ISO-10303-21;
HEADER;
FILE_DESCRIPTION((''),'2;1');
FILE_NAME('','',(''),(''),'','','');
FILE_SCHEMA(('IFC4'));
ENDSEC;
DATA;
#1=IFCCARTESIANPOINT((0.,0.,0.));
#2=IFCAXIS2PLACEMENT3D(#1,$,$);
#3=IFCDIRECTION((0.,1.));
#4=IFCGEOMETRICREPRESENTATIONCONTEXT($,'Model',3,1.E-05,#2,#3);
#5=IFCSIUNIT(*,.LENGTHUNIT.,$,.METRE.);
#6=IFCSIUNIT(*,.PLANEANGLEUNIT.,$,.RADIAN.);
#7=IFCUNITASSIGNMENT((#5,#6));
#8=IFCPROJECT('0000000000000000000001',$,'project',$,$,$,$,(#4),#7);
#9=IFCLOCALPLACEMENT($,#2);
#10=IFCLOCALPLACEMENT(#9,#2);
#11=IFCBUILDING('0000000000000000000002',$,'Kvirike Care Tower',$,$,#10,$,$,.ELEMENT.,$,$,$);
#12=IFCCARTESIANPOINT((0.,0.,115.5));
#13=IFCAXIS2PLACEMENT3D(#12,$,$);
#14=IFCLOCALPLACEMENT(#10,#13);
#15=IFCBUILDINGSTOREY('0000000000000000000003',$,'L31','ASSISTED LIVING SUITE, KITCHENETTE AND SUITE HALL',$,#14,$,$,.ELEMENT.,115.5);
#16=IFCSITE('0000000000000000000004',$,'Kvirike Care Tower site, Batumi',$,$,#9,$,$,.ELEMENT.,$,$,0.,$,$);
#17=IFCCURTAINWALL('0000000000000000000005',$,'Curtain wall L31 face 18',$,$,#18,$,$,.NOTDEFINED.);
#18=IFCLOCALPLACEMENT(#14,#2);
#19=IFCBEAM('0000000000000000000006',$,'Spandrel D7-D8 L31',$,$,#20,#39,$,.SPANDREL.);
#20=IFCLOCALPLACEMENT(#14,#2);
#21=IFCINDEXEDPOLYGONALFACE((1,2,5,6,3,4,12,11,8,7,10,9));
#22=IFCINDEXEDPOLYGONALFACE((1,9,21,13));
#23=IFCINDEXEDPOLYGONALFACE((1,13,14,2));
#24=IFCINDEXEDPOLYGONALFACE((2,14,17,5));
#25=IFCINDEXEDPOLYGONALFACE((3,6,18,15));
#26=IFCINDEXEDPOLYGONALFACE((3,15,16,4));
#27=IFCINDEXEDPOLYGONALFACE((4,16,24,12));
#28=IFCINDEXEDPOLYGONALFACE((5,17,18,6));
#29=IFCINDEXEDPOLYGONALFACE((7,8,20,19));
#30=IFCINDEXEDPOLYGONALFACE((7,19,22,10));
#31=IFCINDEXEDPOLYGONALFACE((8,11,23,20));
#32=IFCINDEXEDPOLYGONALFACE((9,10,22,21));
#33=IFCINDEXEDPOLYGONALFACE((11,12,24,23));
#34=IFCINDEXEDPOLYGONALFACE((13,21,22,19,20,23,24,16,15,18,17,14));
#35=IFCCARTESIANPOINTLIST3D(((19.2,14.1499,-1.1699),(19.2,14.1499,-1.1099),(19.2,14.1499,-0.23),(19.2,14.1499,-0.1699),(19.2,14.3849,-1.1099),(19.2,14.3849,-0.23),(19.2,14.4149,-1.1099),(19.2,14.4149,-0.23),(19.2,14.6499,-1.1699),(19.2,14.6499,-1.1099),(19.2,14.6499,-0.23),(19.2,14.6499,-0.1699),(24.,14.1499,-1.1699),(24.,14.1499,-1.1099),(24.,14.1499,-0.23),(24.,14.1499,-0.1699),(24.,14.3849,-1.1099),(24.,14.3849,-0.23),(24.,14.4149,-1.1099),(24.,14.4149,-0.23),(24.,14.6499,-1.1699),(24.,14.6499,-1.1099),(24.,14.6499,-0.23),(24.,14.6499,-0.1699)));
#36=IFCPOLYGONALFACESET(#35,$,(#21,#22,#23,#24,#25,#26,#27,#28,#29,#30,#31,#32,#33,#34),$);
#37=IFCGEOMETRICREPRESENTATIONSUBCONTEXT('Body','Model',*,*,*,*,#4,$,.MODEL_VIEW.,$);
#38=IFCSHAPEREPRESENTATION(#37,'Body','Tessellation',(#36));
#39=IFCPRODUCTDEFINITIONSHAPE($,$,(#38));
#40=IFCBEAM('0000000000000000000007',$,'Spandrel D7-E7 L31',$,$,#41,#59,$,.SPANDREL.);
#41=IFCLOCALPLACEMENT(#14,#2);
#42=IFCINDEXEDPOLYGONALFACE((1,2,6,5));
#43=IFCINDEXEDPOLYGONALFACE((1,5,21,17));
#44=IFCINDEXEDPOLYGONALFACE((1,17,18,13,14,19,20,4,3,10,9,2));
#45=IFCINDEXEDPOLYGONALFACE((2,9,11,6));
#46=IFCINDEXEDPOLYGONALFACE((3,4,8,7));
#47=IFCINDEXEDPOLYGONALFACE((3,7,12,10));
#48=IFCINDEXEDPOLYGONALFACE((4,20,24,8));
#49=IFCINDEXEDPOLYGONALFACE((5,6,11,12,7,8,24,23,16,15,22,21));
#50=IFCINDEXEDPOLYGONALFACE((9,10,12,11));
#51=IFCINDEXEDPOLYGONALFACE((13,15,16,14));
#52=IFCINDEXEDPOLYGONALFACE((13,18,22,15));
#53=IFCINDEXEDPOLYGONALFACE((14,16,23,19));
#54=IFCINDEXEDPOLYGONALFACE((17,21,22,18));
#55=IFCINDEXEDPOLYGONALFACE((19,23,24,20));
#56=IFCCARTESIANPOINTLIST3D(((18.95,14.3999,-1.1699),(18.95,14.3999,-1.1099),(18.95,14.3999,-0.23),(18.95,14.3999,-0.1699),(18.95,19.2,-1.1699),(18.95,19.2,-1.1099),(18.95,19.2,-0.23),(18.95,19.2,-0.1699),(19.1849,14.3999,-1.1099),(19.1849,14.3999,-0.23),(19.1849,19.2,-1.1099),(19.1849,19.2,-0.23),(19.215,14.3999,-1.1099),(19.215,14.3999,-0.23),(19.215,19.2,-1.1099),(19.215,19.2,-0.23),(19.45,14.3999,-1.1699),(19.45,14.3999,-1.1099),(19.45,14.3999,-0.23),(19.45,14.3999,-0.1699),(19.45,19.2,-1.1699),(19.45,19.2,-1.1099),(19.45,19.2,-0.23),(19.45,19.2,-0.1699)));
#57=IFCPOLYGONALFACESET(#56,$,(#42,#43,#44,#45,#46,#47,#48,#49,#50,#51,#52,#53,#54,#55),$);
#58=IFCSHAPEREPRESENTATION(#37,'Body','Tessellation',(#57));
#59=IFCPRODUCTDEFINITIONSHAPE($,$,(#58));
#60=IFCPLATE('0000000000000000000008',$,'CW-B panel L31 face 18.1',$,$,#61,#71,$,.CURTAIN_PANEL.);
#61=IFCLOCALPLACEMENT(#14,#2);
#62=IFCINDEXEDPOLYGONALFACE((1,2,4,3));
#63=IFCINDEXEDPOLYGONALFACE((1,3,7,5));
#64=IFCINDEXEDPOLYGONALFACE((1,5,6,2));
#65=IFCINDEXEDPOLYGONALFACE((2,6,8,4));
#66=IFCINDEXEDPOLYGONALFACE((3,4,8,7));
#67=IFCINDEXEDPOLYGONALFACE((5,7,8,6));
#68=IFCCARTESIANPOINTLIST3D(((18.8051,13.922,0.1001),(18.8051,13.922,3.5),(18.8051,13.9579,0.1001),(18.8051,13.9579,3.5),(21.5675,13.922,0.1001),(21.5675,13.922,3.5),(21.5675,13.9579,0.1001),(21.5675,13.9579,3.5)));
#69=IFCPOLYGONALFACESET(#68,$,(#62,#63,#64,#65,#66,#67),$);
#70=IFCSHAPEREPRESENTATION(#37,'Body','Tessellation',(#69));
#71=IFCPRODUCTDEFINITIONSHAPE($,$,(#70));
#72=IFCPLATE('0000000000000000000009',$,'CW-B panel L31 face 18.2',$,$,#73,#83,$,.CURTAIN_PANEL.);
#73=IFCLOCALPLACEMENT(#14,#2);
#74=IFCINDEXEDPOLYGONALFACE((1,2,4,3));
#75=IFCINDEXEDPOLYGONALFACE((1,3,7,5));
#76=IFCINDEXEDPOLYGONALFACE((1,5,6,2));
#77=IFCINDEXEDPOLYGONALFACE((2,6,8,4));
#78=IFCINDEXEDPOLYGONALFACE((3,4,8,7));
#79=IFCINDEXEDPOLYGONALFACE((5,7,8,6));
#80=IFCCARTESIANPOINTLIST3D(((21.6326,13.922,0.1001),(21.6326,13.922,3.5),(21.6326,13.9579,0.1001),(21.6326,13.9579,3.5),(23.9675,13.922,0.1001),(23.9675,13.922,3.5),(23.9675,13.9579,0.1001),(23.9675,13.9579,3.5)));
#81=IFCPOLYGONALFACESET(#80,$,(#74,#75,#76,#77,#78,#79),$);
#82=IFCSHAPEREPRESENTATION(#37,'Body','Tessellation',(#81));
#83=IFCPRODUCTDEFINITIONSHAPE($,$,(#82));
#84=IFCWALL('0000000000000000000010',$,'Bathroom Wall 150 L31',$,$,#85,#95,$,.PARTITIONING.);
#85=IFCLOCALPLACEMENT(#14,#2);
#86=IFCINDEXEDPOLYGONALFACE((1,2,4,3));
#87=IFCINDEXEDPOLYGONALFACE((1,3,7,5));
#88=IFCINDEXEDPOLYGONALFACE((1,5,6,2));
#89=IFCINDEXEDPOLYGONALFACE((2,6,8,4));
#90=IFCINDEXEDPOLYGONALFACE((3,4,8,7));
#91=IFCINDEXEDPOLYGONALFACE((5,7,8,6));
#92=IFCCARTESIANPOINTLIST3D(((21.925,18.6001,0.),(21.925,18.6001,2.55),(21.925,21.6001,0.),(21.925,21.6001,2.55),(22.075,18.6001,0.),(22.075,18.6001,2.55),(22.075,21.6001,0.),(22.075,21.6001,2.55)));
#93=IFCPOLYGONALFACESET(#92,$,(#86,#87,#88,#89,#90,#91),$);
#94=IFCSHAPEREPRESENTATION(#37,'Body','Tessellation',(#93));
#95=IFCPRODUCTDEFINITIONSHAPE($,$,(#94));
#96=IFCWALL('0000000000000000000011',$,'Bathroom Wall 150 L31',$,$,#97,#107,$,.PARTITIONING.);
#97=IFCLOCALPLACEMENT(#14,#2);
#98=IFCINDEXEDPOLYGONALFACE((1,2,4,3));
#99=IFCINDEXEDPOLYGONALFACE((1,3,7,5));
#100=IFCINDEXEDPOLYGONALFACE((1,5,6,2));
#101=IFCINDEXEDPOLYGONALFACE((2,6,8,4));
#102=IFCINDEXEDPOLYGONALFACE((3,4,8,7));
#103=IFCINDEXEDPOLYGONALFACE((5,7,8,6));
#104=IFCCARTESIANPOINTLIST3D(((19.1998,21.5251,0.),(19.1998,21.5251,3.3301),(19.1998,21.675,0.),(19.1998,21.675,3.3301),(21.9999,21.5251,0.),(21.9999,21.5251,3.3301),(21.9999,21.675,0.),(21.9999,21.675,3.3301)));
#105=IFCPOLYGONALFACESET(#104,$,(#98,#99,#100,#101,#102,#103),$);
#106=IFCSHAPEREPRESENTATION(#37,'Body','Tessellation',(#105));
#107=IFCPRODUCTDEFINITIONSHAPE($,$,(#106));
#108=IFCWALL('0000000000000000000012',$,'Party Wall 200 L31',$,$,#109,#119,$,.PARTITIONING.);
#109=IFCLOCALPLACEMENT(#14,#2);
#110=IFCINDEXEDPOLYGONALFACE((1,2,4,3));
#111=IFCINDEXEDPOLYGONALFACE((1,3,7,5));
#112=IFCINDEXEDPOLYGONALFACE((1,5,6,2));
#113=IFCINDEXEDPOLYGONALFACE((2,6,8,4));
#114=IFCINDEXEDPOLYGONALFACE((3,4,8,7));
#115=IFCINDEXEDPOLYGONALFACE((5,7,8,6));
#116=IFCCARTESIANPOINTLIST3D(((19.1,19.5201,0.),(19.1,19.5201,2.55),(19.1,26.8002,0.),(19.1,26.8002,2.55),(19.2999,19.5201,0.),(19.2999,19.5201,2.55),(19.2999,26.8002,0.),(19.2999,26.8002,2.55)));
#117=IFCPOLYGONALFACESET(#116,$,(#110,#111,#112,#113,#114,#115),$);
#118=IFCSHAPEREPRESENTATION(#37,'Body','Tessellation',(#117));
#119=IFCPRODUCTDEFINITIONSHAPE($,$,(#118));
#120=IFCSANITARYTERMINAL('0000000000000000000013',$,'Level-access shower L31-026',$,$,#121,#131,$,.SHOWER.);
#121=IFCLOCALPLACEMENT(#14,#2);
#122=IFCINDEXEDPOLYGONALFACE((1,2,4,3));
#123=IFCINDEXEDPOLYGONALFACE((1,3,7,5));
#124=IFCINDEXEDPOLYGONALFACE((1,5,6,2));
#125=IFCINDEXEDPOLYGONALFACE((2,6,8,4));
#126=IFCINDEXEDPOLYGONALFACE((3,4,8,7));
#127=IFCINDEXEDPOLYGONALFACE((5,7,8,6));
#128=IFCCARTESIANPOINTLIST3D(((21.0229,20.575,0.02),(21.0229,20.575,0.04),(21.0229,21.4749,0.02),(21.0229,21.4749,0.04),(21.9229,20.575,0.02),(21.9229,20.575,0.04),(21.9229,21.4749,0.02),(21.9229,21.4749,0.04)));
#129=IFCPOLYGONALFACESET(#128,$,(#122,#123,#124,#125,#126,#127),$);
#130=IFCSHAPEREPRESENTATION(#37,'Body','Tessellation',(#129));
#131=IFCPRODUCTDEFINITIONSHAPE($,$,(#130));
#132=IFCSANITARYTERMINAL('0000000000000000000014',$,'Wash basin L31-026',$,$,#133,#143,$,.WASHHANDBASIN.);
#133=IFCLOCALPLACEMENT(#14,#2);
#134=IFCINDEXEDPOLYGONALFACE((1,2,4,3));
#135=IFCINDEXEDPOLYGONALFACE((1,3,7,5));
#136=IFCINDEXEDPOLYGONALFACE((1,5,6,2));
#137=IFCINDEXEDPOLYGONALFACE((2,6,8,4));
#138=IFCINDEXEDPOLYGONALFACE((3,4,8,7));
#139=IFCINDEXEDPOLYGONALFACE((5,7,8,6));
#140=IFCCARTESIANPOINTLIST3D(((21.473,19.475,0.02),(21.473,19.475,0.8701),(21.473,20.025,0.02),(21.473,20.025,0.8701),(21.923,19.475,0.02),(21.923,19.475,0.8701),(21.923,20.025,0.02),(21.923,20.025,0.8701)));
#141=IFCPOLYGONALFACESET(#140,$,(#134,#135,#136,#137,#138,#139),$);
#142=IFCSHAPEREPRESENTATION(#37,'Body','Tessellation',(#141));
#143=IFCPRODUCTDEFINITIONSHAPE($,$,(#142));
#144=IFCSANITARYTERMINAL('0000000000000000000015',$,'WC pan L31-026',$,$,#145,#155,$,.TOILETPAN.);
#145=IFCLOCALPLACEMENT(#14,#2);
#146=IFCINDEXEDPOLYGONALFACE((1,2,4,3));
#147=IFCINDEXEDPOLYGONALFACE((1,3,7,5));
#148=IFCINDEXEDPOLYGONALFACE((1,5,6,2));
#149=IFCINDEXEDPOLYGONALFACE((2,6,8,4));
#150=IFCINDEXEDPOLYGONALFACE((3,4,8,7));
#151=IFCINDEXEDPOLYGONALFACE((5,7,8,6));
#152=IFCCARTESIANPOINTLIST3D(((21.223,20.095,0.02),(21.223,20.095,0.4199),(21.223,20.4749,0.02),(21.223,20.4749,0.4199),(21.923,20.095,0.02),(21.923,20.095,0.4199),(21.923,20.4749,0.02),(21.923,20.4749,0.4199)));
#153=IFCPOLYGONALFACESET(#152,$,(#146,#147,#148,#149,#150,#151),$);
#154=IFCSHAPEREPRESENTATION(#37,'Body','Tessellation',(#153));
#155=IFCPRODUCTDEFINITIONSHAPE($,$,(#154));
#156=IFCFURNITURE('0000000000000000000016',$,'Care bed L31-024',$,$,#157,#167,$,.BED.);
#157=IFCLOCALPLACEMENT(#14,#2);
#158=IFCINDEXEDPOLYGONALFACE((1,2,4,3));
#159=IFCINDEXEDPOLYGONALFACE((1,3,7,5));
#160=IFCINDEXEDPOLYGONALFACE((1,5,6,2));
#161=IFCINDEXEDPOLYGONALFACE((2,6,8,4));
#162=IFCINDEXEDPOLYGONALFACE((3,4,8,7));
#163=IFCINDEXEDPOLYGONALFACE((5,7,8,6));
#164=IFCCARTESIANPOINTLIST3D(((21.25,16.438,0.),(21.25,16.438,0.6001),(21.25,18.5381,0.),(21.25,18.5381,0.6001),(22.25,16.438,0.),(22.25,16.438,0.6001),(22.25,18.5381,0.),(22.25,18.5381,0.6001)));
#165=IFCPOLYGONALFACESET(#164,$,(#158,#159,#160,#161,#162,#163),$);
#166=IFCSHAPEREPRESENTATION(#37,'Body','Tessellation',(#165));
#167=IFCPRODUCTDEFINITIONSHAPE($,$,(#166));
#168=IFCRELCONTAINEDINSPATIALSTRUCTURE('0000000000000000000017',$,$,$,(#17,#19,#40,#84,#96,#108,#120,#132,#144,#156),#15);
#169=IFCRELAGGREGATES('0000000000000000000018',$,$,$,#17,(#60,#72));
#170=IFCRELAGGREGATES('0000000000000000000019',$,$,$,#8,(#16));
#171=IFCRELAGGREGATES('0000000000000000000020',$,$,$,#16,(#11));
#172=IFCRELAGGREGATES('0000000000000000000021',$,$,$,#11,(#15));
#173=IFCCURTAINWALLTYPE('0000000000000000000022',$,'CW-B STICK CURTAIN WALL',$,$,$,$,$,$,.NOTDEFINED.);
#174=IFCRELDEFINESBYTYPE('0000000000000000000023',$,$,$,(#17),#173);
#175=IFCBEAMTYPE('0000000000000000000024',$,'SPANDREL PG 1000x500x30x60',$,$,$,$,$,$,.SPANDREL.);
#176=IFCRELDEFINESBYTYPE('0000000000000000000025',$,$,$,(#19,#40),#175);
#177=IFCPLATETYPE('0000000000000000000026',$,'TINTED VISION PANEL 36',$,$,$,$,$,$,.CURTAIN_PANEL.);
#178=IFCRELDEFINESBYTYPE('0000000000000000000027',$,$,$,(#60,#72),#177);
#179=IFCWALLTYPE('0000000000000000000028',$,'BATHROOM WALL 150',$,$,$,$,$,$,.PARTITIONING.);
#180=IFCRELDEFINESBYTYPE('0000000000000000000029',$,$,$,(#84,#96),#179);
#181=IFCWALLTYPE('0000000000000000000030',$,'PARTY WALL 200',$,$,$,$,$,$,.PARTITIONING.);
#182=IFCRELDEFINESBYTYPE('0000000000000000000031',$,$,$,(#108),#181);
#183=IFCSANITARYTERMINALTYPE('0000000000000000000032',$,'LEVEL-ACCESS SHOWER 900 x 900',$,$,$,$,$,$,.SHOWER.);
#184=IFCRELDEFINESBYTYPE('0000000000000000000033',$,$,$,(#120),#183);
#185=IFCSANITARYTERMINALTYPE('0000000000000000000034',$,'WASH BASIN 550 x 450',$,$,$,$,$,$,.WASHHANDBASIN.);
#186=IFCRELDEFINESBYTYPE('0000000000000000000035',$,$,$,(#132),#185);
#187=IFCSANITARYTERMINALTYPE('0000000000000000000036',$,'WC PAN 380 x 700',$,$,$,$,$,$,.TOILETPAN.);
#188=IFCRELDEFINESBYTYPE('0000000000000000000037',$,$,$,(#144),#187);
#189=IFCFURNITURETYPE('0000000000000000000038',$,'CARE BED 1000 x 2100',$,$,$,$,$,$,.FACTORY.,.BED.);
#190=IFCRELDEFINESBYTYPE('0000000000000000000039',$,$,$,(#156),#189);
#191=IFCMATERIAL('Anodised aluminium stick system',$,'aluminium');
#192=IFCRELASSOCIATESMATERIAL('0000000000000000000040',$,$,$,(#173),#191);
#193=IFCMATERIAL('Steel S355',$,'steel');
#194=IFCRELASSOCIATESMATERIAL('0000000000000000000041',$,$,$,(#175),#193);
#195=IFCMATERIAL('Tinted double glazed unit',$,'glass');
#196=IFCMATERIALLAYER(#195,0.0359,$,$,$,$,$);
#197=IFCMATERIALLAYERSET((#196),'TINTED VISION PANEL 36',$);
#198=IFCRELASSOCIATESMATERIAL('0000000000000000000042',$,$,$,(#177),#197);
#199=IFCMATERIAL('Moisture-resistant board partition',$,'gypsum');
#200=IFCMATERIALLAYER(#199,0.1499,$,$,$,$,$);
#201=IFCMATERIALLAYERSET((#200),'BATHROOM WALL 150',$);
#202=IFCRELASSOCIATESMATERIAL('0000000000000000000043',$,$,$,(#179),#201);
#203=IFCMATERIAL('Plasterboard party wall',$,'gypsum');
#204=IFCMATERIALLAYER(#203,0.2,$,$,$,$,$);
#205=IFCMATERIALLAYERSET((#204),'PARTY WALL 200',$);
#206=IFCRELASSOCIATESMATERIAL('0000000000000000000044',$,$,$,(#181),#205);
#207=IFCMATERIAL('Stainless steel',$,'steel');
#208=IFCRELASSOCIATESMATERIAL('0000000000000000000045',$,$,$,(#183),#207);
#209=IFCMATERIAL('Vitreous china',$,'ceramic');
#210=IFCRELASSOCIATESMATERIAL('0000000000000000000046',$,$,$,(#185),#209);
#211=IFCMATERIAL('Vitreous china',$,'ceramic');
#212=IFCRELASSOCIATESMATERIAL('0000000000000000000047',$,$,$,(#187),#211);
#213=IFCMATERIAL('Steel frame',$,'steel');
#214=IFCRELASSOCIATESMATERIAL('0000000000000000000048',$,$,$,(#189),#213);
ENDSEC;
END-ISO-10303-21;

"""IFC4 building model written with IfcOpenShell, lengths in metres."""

from ifc_helpers import new_model, si_unit, direction, frame, frame_2d, origin, origin_2d, place, context, subcontext, project, spatial, rectangle, i_section, extrude, material, layer, layer_set, material_profile, profile_set, type_object, element, aggregate, save


model = new_model("IFC4")

# Units and contexts
model_context = context("Model", 3, precision=1e-05, world=origin(), true_north=direction((0.0, 1.0)))
body_context = subcontext(model_context, "Body", "Model", "MODEL_VIEW")
ifc_project = project(units=[si_unit("LENGTHUNIT", "METRE"), si_unit("PLANEANGLEUNIT", "RADIAN")], contexts=[model_context])

# Site, building, storey
site_placement = place(None, origin())
site = spatial("IfcSite", under=ifc_project, at=site_placement, Name="Kvirike Care Tower site, Batumi", CompositionType="ELEMENT", RefElevation=0.0)
building_placement = place(site_placement, origin())
building = spatial("IfcBuilding", under=site, at=building_placement, Name="Kvirike Care Tower", CompositionType="ELEMENT")
storey_placement = place(building_placement, frame((0.0, 0.0, 115.5)))
storey = spatial("IfcBuildingStorey", under=building, at=storey_placement, Name="L31", Description="ASSISTED LIVING SUITE, KITCHENETTE AND SUITE HALL", CompositionType="ELEMENT", Elevation=115.5)

# Curtain wall
ifc_material_1 = material(Name="Anodised aluminium stick system", Category="aluminium")
curtain_wall_type = type_object("IfcCurtainWallType", Name="CW-B STICK CURTAIN WALL", PredefinedType="NOTDEFINED", material=ifc_material_1)
curtain_wall_placement = place(storey_placement, origin())
curtain_wall = element("IfcCurtainWall", 1, at=curtain_wall_placement, inside=storey, type_object=curtain_wall_type, Name="Curtain wall L31 face 18", PredefinedType="NOTDEFINED")

# Beams
ifc_material_2 = material(Name="Steel S355", Category="steel")
ifc_material_profile_1 = material_profile(ifc_material_2, i_section(OverallWidth=0.5, OverallDepth=1.0, WebThickness=0.03, FlangeThickness=0.0601, at=origin_2d()), Name="PG 1000x500x30x60")
ifc_profile_set_1 = profile_set([ifc_material_profile_1], Name="Steel S355")
beam_type_1 = type_object("IfcBeamType", Name="SPANDREL PG 1000x500x30x60", PredefinedType="SPANDREL", material=ifc_profile_set_1)
for number, where, z_axis, x_axis, name in (
    (2, (19.2, 14.3999, -0.6699), (1.0, 0.0, 0.0), (0.0, 1.0, 0.0), "Spandrel D7-D8 L31"),
    (3, (19.2, 14.3999, -0.6699), (0.0, 1.0, 0.0), (-1.0, 0.0, 0.0), "Spandrel D7-E7 L31"),
):
    element("IfcBeam", number, at=place(storey_placement, frame(where, z_axis=z_axis, x_axis=x_axis)), inside=storey, type_object=beam_type_1, Name=name, PredefinedType="SPANDREL", context=body_context, shape_type="SweptSolid", body=[
        extrude(i_section(OverallWidth=0.5, OverallDepth=1.0, WebThickness=0.03, FlangeThickness=0.0601, at=origin_2d()), origin(), (0.0, 0.0, 1.0), 4.8),
    ])

# Plates
ifc_material_3 = material(Name="Tinted double glazed unit", Category="glass")
ifc_layer_1 = layer(ifc_material_3, 0.0359)
ifc_layer_set_1 = layer_set([ifc_layer_1], Name="TINTED VISION PANEL 36")
plate_type = type_object("IfcPlateType", Name="TINTED VISION PANEL 36", PredefinedType="CURTAIN_PANEL", material=ifc_layer_set_1)
plate_1_placement = place(storey_placement, frame((20.1863, 13.9399, 0.1001), z_axis=(0.0, 0.0, 1.0), x_axis=(1.0, 0.0, 0.0)))
plate_1 = element("IfcPlate", 4, at=plate_1_placement, type_object=plate_type, Name="CW-B panel L31 face 18.1", PredefinedType="CURTAIN_PANEL", context=body_context, shape_type="SweptSolid", body=[
    extrude(rectangle(XDim=2.7625, YDim=0.0359, at=origin_2d()), origin(), (0.0, 0.0, 1.0), 3.3999),
])
plate_2_placement = place(storey_placement, frame((22.8, 13.9399, 0.1001), z_axis=(0.0, 0.0, 1.0), x_axis=(1.0, 0.0, 0.0)))
plate_2 = element("IfcPlate", 5, at=plate_2_placement, type_object=plate_type, Name="CW-B panel L31 face 18.2", PredefinedType="CURTAIN_PANEL", context=body_context, shape_type="SweptSolid", body=[
    extrude(rectangle(XDim=2.335, YDim=0.0359, at=origin_2d()), origin(), (0.0, 0.0, 1.0), 3.3999),
])
aggregate(curtain_wall, [plate_1, plate_2])

# Walls
ifc_material_4 = material(Name="Moisture-resistant board partition", Category="gypsum")
ifc_layer_2 = layer(ifc_material_4, 0.1499)
ifc_layer_set_2 = layer_set([ifc_layer_2], Name="BATHROOM WALL 150")
wall_type_1 = type_object("IfcWallType", Name="BATHROOM WALL 150", PredefinedType="PARTITIONING", material=ifc_layer_set_2)
wall_1_placement = place(storey_placement, frame((22.0, 18.6001, 0.0), z_axis=(0.0, 0.0, 1.0), x_axis=(0.0, 1.0, 0.0)))
element("IfcWall", 6, at=wall_1_placement, inside=storey, type_object=wall_type_1, Name="Bathroom Wall 150 L31", PredefinedType="PARTITIONING", context=body_context, shape_type="SweptSolid", body=[
    extrude(rectangle(XDim=3.0, YDim=0.1499, at=frame_2d((1.5, 0.0))), origin(), (0.0, 0.0, 1.0), 2.55),
])
wall_2_placement = place(storey_placement, frame((19.2, 21.6001, 0.0), z_axis=(0.0, 0.0, 1.0), x_axis=(1.0, 0.0, 0.0)))
element("IfcWall", 7, at=wall_2_placement, inside=storey, type_object=wall_type_1, Name="Bathroom Wall 150 L31", PredefinedType="PARTITIONING", context=body_context, shape_type="SweptSolid", body=[
    extrude(rectangle(XDim=2.8, YDim=0.1499, at=frame_2d((1.3999, 0.0))), origin(), (0.0, 0.0, 1.0), 3.3301),
])
ifc_material_5 = material(Name="Plasterboard party wall", Category="gypsum")
ifc_layer_3 = layer(ifc_material_5, 0.2)
ifc_layer_set_3 = layer_set([ifc_layer_3], Name="PARTY WALL 200")
wall_type_2 = type_object("IfcWallType", Name="PARTY WALL 200", PredefinedType="PARTITIONING", material=ifc_layer_set_3)
wall_3_placement = place(storey_placement, frame((19.2, 19.52, 0.0), z_axis=(0.0, 0.0, 1.0), x_axis=(0.0, 1.0, 0.0)))
element("IfcWall", 8, at=wall_3_placement, inside=storey, type_object=wall_type_2, Name="Party Wall 200 L31", PredefinedType="PARTITIONING", context=body_context, shape_type="SweptSolid", body=[
    extrude(rectangle(XDim=7.28, YDim=0.2, at=frame_2d((3.6401, 0.0))), origin(), (0.0, 0.0, 1.0), 2.55),
])

# Sanitary terminals
ifc_material_6 = material(Name="Stainless steel", Category="steel")
sanitary_terminal_type_1 = type_object("IfcSanitaryTerminalType", Name="LEVEL-ACCESS SHOWER 900 x 900", PredefinedType="SHOWER", material=ifc_material_6)
sanitary_terminal_1_placement = place(storey_placement, frame((21.4729, 21.0249, 0.02), z_axis=(0.0, 0.0, 1.0), x_axis=(0.0, -1.0, 0.0)))
element("IfcSanitaryTerminal", 9, at=sanitary_terminal_1_placement, inside=storey, type_object=sanitary_terminal_type_1, Name="Level-access shower L31-026", PredefinedType="SHOWER", context=body_context, shape_type="SweptSolid", body=[
    extrude(rectangle(XDim=0.8999, YDim=0.8999, at=origin_2d()), origin(), (0.0, 0.0, 1.0), 0.02),
])
ifc_material_7 = material(Name="Vitreous china", Category="ceramic")
sanitary_terminal_type_2 = type_object("IfcSanitaryTerminalType", Name="WASH BASIN 550 x 450", PredefinedType="WASHHANDBASIN", material=ifc_material_7)
sanitary_terminal_2_placement = place(storey_placement, frame((21.698, 19.75, 0.02), z_axis=(0.0, 0.0, 1.0), x_axis=(0.0, -1.0, 0.0)))
element("IfcSanitaryTerminal", 10, at=sanitary_terminal_2_placement, inside=storey, type_object=sanitary_terminal_type_2, Name="Wash basin L31-026", PredefinedType="WASHHANDBASIN", context=body_context, shape_type="SweptSolid", body=[
    extrude(rectangle(XDim=0.55, YDim=0.45, at=origin_2d()), origin(), (0.0, 0.0, 1.0), 0.8501),
])
ifc_material_8 = material(Name="Vitreous china", Category="ceramic")
sanitary_terminal_type_3 = type_object("IfcSanitaryTerminalType", Name="WC PAN 380 x 700", PredefinedType="TOILETPAN", material=ifc_material_8)
sanitary_terminal_3_placement = place(storey_placement, frame((21.573, 20.2849, 0.02), z_axis=(0.0, 0.0, 1.0), x_axis=(0.0, -1.0, 0.0)))
element("IfcSanitaryTerminal", 11, at=sanitary_terminal_3_placement, inside=storey, type_object=sanitary_terminal_type_3, Name="WC pan L31-026", PredefinedType="TOILETPAN", context=body_context, shape_type="SweptSolid", body=[
    extrude(rectangle(XDim=0.3799, YDim=0.7, at=origin_2d()), origin(), (0.0, 0.0, 1.0), 0.3999),
])

# Furniture
ifc_material_9 = material(Name="Steel frame", Category="steel")
furniture_type = type_object("IfcFurnitureType", Name="CARE BED 1000 x 2100", AssemblyPlace="FACTORY", PredefinedType="BED", material=ifc_material_9)
furniture_placement = place(storey_placement, frame((21.75, 17.488, 0.0), z_axis=(0.0, 0.0, 1.0), x_axis=(1.0, 0.0, 0.0)))
element("IfcFurniture", 12, at=furniture_placement, inside=storey, type_object=furniture_type, Name="Care bed L31-024", PredefinedType="BED", context=body_context, shape_type="SweptSolid", body=[
    extrude(rectangle(XDim=1.0, YDim=2.1001, at=origin_2d()), origin(), (0.0, 0.0, 1.0), 0.6001),
])

save(model, "model.ifc")
